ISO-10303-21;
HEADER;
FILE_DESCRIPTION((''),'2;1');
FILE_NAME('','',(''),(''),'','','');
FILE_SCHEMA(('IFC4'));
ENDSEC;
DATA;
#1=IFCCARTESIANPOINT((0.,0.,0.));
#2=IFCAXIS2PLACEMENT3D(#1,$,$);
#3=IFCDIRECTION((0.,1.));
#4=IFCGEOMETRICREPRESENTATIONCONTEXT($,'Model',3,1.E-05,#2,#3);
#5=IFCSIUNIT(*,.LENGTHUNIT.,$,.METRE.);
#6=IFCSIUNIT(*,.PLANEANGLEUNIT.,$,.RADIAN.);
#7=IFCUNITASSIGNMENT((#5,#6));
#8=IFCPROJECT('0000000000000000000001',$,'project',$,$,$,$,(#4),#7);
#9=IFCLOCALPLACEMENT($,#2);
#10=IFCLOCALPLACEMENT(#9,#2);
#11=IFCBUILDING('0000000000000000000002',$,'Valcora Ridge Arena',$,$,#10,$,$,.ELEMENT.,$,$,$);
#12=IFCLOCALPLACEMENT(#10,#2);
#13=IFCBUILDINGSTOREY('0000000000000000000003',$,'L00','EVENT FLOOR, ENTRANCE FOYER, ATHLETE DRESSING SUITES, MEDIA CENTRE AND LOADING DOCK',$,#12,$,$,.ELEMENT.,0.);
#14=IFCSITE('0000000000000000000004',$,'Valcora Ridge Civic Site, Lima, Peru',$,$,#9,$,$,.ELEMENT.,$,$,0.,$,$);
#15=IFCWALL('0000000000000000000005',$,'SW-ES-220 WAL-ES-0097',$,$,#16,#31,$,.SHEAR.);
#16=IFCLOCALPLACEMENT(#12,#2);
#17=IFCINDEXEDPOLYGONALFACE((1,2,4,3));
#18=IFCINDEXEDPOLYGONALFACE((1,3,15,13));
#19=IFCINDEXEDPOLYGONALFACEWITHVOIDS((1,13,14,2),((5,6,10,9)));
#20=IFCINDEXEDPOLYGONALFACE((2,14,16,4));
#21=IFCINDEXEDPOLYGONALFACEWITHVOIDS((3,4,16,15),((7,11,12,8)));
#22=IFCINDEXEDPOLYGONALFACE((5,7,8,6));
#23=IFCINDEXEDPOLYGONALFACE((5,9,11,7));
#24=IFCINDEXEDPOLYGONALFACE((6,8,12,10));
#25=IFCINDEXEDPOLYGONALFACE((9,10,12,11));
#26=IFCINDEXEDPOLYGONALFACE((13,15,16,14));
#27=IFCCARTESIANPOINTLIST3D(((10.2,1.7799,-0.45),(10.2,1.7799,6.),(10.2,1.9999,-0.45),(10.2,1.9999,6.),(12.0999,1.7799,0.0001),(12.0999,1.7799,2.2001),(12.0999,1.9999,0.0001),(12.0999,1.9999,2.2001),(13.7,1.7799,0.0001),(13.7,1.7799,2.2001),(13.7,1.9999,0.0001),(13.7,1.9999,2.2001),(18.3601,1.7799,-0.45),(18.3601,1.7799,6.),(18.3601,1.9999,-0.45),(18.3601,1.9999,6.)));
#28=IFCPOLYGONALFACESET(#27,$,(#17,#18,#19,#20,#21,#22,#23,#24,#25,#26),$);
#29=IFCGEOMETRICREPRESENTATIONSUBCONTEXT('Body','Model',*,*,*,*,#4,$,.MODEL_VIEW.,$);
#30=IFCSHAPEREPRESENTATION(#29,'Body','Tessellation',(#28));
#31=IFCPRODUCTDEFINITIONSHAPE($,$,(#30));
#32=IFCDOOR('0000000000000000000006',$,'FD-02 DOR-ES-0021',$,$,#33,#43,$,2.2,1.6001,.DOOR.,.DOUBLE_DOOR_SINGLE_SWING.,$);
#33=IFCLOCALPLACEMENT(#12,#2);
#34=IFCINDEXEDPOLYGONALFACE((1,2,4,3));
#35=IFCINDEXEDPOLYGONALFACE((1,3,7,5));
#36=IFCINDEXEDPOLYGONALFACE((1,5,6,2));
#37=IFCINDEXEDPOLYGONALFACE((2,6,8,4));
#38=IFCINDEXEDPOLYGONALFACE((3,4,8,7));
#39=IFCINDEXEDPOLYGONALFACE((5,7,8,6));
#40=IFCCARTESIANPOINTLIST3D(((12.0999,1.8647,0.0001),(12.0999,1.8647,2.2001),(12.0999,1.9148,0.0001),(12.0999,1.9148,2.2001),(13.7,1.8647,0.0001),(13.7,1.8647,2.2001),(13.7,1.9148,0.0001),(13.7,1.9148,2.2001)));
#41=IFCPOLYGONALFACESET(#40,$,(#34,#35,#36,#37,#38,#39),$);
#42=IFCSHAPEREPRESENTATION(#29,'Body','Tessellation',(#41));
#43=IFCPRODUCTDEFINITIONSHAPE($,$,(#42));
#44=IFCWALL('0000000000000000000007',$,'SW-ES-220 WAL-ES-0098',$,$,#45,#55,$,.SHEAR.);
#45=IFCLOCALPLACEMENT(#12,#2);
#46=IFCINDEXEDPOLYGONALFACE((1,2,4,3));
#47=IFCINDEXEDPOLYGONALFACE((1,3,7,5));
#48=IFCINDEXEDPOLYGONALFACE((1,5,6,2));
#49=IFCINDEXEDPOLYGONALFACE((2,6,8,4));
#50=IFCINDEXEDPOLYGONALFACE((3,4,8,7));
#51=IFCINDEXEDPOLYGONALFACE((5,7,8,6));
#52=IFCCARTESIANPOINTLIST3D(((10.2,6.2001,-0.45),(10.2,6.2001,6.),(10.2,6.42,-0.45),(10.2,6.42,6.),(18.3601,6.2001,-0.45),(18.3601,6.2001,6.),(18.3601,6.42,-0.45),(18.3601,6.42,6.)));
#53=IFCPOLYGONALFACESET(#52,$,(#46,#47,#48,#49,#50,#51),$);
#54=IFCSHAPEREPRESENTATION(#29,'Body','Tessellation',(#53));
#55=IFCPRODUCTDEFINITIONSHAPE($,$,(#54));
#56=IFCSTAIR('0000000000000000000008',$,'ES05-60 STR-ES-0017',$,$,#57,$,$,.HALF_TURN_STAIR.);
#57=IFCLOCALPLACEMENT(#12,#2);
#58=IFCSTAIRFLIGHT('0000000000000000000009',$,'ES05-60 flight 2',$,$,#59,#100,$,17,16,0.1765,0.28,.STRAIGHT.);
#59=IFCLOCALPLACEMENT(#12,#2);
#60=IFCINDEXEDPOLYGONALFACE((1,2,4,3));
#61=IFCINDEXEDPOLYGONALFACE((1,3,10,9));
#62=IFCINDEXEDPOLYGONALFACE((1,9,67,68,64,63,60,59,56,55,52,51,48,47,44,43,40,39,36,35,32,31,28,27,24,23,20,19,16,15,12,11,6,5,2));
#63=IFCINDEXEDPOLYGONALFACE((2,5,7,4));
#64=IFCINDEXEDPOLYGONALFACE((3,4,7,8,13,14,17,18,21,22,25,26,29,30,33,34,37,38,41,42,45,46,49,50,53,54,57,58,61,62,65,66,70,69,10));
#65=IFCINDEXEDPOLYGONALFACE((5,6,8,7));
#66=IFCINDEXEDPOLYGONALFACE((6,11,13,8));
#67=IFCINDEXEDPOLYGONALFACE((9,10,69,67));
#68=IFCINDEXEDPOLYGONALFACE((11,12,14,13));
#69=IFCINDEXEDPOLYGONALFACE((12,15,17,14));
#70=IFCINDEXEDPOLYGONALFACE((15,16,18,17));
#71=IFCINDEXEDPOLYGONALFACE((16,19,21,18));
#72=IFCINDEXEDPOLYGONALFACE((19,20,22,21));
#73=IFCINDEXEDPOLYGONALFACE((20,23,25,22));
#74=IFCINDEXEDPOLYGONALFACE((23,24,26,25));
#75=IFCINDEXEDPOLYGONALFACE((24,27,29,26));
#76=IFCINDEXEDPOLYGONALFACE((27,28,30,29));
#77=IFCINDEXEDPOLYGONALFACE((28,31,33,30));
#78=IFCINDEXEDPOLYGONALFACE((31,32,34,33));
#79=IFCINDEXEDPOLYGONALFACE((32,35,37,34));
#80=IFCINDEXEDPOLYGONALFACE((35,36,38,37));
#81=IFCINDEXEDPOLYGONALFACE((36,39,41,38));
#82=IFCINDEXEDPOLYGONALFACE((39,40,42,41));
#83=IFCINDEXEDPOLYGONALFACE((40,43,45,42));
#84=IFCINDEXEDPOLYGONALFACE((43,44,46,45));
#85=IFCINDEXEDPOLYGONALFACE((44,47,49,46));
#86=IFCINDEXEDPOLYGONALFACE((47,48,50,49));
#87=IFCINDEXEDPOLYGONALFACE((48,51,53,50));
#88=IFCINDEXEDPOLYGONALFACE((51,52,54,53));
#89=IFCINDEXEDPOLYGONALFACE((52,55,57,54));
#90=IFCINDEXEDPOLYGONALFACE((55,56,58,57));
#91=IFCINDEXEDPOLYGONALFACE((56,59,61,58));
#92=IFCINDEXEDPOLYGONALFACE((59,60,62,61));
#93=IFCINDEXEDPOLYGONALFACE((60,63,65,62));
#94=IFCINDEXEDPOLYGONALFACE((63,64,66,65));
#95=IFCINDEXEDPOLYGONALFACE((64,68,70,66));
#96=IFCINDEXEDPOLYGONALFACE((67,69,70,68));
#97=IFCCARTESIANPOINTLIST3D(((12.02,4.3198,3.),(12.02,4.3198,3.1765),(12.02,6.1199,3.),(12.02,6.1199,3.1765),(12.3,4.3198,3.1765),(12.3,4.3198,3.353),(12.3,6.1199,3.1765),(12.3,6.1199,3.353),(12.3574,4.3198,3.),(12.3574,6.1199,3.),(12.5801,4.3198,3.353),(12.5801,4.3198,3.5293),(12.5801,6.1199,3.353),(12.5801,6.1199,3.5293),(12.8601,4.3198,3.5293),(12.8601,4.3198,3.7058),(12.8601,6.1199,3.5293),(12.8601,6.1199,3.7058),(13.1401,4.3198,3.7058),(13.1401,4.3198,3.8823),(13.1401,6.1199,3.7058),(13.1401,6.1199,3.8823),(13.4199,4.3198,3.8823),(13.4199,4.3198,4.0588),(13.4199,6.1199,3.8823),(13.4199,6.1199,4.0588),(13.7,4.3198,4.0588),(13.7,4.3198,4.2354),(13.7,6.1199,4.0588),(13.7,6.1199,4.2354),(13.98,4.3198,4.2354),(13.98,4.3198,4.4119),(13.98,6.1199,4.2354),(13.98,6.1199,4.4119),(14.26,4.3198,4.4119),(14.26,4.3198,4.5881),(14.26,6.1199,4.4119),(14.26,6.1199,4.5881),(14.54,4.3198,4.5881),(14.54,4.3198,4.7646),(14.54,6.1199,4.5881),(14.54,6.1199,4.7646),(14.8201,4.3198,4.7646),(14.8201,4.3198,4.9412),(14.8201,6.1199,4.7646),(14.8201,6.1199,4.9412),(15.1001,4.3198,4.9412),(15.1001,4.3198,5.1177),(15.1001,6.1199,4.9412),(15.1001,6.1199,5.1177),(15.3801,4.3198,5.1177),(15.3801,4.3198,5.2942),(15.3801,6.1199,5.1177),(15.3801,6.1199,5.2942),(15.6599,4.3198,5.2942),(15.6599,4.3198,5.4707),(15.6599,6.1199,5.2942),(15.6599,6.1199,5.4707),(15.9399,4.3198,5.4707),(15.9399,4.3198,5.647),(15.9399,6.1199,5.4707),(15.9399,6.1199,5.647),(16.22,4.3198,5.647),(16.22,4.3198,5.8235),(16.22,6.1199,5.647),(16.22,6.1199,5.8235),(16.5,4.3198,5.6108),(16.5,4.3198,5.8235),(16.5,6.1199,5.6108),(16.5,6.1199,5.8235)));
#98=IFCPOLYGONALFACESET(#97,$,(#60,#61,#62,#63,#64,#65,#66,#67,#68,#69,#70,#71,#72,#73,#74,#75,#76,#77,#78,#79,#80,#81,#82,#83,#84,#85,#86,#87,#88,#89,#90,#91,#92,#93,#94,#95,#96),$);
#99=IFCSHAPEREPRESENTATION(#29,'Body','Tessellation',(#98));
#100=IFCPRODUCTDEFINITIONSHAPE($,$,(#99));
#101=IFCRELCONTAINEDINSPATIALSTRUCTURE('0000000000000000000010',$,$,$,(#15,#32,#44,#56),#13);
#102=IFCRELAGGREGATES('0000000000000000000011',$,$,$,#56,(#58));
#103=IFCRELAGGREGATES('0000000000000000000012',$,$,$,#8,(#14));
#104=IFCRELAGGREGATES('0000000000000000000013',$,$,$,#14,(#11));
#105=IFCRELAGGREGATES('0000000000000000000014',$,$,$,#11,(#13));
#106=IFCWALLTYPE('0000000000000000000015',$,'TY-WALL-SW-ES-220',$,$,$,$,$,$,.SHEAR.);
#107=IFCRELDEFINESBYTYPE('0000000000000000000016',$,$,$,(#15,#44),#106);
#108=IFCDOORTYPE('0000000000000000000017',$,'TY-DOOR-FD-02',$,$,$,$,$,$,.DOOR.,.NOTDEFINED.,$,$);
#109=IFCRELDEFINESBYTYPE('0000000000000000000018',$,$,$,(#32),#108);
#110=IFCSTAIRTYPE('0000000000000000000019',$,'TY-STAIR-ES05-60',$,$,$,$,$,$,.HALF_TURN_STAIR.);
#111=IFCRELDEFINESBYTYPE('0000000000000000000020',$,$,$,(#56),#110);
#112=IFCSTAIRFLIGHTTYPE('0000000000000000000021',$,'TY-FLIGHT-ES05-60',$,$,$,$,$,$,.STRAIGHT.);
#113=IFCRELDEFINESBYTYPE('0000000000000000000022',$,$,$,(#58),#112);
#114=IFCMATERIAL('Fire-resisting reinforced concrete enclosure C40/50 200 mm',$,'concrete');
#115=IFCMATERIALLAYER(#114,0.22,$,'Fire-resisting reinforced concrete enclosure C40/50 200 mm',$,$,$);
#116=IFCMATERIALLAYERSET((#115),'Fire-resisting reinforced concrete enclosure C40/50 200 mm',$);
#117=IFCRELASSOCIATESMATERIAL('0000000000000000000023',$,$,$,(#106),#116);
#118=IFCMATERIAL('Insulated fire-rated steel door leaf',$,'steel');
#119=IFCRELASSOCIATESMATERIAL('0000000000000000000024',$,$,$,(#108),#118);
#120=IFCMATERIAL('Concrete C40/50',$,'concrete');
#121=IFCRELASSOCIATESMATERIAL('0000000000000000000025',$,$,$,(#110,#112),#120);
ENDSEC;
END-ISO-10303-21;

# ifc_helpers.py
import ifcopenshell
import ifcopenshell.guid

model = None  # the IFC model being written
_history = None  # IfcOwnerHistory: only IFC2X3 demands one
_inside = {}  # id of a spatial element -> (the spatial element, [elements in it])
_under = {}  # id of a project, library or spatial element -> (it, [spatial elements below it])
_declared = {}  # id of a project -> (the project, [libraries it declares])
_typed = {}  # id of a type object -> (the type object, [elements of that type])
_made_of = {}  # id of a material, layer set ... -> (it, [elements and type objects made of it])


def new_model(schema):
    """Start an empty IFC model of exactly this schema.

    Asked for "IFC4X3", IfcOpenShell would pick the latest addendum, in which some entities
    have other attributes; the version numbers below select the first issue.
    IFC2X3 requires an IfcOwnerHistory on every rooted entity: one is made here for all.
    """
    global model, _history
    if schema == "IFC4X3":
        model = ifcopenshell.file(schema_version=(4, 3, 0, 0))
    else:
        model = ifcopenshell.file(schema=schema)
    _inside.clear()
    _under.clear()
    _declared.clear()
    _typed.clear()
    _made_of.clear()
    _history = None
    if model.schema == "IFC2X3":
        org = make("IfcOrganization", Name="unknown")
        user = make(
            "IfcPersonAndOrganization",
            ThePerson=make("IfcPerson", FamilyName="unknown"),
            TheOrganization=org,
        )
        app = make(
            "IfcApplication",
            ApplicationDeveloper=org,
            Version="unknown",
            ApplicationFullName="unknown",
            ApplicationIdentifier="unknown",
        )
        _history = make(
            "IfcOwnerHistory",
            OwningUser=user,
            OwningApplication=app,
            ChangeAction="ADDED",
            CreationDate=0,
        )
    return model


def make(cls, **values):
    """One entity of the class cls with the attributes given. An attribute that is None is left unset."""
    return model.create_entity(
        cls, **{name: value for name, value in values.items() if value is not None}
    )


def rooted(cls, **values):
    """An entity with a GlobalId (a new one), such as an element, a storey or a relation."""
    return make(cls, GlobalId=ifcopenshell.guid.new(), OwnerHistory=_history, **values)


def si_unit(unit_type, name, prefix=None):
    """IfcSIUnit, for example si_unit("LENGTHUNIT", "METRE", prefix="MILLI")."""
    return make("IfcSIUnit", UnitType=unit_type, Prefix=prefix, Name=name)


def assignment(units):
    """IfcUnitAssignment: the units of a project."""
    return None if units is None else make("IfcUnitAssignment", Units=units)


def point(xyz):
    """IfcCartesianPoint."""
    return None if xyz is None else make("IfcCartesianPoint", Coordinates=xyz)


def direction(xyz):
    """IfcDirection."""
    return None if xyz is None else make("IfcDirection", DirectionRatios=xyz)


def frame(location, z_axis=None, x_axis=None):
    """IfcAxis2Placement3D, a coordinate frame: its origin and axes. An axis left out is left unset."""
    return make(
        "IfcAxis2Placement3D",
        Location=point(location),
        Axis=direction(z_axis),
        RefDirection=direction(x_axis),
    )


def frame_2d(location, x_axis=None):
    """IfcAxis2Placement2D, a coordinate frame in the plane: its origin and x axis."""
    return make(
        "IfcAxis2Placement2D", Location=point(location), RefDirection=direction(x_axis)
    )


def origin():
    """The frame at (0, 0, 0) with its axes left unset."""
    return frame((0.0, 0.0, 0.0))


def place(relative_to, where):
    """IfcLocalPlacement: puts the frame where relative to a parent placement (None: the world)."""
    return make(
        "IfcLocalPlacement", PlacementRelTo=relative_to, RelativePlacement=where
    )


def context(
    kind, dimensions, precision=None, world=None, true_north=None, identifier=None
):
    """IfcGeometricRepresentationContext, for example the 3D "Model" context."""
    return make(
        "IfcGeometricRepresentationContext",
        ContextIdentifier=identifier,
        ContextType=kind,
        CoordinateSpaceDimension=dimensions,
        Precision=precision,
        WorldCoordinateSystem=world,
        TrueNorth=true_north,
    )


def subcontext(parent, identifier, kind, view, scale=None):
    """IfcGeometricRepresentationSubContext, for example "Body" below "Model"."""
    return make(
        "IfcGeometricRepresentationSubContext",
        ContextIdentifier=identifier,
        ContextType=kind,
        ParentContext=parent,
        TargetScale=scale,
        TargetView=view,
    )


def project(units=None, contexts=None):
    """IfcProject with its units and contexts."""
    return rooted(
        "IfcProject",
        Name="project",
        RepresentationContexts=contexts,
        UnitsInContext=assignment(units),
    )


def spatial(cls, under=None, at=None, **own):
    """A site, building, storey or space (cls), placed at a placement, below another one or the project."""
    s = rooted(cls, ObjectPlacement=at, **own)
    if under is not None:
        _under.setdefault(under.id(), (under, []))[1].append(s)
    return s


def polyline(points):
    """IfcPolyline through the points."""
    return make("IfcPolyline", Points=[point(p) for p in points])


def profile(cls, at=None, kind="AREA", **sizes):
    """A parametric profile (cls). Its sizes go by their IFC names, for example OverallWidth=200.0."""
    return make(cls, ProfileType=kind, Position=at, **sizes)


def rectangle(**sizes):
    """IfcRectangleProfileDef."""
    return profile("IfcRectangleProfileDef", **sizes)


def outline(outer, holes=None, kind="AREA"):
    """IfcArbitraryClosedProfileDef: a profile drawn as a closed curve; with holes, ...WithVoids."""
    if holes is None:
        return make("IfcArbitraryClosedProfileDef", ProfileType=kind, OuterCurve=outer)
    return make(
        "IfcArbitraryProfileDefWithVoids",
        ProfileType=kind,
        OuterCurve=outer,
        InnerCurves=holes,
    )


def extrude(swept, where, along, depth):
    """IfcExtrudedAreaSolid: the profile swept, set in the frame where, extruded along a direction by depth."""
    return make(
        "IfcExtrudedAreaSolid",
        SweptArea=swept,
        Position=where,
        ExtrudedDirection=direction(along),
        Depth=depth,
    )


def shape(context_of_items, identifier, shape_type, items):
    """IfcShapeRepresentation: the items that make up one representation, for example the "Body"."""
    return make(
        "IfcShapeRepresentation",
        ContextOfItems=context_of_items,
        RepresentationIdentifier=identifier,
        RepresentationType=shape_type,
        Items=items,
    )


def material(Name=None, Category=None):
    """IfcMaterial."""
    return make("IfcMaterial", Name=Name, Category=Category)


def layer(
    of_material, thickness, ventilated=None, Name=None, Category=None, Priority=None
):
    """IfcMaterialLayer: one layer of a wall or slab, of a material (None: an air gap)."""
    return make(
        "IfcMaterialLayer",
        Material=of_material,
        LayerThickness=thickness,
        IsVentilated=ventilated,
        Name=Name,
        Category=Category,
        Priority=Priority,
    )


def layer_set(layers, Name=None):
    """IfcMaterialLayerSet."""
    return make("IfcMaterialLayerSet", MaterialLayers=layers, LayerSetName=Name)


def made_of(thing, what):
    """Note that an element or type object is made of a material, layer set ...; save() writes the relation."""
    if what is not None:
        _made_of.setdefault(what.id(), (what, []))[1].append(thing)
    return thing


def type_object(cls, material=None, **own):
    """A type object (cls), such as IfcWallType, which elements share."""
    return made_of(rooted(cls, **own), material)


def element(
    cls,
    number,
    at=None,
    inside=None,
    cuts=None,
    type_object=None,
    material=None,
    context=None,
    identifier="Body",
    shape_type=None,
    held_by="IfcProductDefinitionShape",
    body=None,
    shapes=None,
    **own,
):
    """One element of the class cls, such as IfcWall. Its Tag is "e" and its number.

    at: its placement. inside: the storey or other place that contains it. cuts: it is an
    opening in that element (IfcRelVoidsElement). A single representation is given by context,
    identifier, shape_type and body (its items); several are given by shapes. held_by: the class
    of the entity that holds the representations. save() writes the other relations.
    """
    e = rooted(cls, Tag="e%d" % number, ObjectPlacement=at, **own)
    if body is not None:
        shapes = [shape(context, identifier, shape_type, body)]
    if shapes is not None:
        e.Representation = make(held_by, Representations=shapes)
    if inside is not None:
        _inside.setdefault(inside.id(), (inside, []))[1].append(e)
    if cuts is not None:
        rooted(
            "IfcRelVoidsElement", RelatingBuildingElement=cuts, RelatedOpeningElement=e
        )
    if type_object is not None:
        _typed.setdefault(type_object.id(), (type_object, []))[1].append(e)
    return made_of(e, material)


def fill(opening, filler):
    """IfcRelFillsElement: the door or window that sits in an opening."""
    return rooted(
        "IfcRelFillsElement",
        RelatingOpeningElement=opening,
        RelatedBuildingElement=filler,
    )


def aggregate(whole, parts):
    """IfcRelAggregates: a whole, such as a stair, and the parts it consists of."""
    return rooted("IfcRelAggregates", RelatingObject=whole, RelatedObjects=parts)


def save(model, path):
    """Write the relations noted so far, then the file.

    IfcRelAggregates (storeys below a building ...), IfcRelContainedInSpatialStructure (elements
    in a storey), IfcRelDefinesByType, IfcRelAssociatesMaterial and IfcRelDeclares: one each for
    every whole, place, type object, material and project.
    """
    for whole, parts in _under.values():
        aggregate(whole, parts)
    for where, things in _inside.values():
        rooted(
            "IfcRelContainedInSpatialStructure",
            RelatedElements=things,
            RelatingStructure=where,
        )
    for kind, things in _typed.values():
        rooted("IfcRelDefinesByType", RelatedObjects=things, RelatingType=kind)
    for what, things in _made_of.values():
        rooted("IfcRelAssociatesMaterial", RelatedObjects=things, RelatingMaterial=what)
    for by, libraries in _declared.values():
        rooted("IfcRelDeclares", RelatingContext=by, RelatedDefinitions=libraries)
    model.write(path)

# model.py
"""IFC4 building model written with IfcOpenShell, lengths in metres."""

from ifc_helpers import new_model, si_unit, direction, frame, frame_2d, origin, place, context, subcontext, project, spatial, polyline, rectangle, outline, extrude, material, layer, layer_set, type_object, element, fill, aggregate, save


model = new_model("IFC4")

# Units and contexts
model_context = context("Model", 3, precision=1e-05, world=origin(), true_north=direction((0.0, 1.0)))
body_context = subcontext(model_context, "Body", "Model", "MODEL_VIEW")
ifc_project = project(units=[si_unit("LENGTHUNIT", "METRE"), si_unit("PLANEANGLEUNIT", "RADIAN")], contexts=[model_context])

# Site, building, storey
site_placement = place(None, origin())
site = spatial("IfcSite", under=ifc_project, at=site_placement, Name="Valcora Ridge Civic Site, Lima, Peru", CompositionType="ELEMENT", RefElevation=0.0)
building_placement = place(site_placement, origin())
building = spatial("IfcBuilding", under=site, at=building_placement, Name="Valcora Ridge Arena", CompositionType="ELEMENT")
storey_placement = place(building_placement, origin())
storey = spatial("IfcBuildingStorey", under=building, at=storey_placement, Name="L00", Description="EVENT FLOOR, ENTRANCE FOYER, ATHLETE DRESSING SUITES, MEDIA CENTRE AND LOADING DOCK", CompositionType="ELEMENT", Elevation=0.0)

# Shared definitions
ifc_material_1 = material(Name="Concrete C40/50", Category="concrete")
ifc_material_2 = material(Name="Fire-resisting reinforced concrete enclosure C40/50 200 mm", Category="concrete")

# Shared definitions
ifc_material_3 = material(Name="Insulated fire-rated steel door leaf", Category="steel")

# Wall, opening, door
ifc_layer_1 = layer(ifc_material_2, 0.22, Name="Fire-resisting reinforced concrete enclosure C40/50 200 mm")
ifc_layer_set_1 = layer_set([ifc_layer_1], Name="Fire-resisting reinforced concrete enclosure C40/50 200 mm")
wall_type_1 = type_object("IfcWallType", Name="TY-WALL-SW-ES-220", PredefinedType="SHEAR", material=ifc_layer_set_1)
wall_1_placement = place(storey_placement, frame((10.2, 1.8899, -0.45), z_axis=(0.0, 0.0, 1.0), x_axis=(1.0, 0.0, 0.0)))
wall_1 = element("IfcWall", 1, at=wall_1_placement, inside=storey, type_object=wall_type_1, Name="SW-ES-220 WAL-ES-0097", PredefinedType="SHEAR", context=body_context, shape_type="SweptSolid", body=[
    extrude(rectangle(XDim=8.1602, YDim=0.22, at=frame_2d((4.0801, 0.0))), origin(), (0.0, 0.0, 1.0), 6.45),
])
opening_1_placement = place(wall_1_placement, frame((1.8999, 0.0, 0.45)))
opening_1 = element("IfcOpeningElement", 2, at=opening_1_placement, cuts=wall_1, PredefinedType="OPENING", context=body_context, shape_type="SweptSolid", body=[
    extrude(rectangle(XDim=1.6001, YDim=2.2, at=frame_2d((0.8, 1.1001))), frame((0.0, 0.1199, 0.0), z_axis=(0.0, -1.0, 0.0), x_axis=(1.0, 0.0, 0.0)), (0.0, 0.0, 1.0), 0.24),
])
door_type_1 = type_object("IfcDoorType", Name="TY-DOOR-FD-02", OperationType="NOTDEFINED", PredefinedType="DOOR", material=ifc_material_3)
door_1_placement = place(opening_1_placement, origin())
door_1 = element("IfcDoor", 3, at=door_1_placement, inside=storey, type_object=door_type_1, Name="FD-02 DOR-ES-0021", OperationType="DOUBLE_DOOR_SINGLE_SWING", OverallHeight=2.2, OverallWidth=1.6001, PredefinedType="DOOR", context=body_context, shape_type="SweptSolid", body=[
    extrude(rectangle(XDim=1.6001, YDim=2.2, at=frame_2d((0.8, 1.1001))), frame((0.0, 0.0249, 0.0), z_axis=(0.0, -1.0, 0.0), x_axis=(1.0, 0.0, 0.0)), (0.0, 0.0, 1.0), 0.05),
])
fill(opening_1, door_1)

# Wall
wall_2_placement = place(storey_placement, frame((10.2, 6.3101, -0.45), z_axis=(0.0, 0.0, 1.0), x_axis=(1.0, 0.0, 0.0)))
element("IfcWall", 4, at=wall_2_placement, inside=storey, type_object=wall_type_1, Name="SW-ES-220 WAL-ES-0098", PredefinedType="SHEAR", context=body_context, shape_type="SweptSolid", body=[
    extrude(rectangle(XDim=8.1602, YDim=0.22, at=frame_2d((4.0801, 0.0))), origin(), (0.0, 0.0, 1.0), 6.45),
])

# Stair, stair flight
stair_type = type_object("IfcStairType", Name="TY-STAIR-ES05-60", PredefinedType="HALF_TURN_STAIR", material=ifc_material_1)
stair_placement = place(storey_placement, origin())
stair = element("IfcStair", 5, at=stair_placement, inside=storey, type_object=stair_type, Name="ES05-60 STR-ES-0017", PredefinedType="HALF_TURN_STAIR")
stair_flight_type = type_object("IfcStairFlightType", Name="TY-FLIGHT-ES05-60", PredefinedType="STRAIGHT", material=ifc_material_1)
stair_flight_placement = place(storey_placement, frame((12.02, 5.22, 3.0), z_axis=(0.0, 0.0, 1.0), x_axis=(1.0, 0.0, 0.0)))
stair_flight = element("IfcStairFlight", 6, at=stair_flight_placement, type_object=stair_flight_type, Name="ES05-60 flight 2", NumberOfRisers=17, NumberOfTreads=16, PredefinedType="STRAIGHT", RiserHeight=0.1765, TreadLength=0.28, context=body_context, shape_type="SweptSolid", body=[
    extrude(outline(polyline([(0.0, 0.0), (0.0, 0.1765), (0.28, 0.1765), (0.28, 0.353), (0.5601, 0.353), (0.5601, 0.5293), (0.8401, 0.5293), (0.8401, 0.7058), (1.1201, 0.7058), (1.1201, 0.8823), (1.3999, 0.8823), (1.3999, 1.0588), (1.6799, 1.0588), (1.6799, 1.2354), (1.96, 1.2354), (1.96, 1.4119), (2.24, 1.4119), (2.24, 1.5881), (2.52, 1.5881), (2.52, 1.7646), (2.8, 1.7646), (2.8, 1.9412), (3.0801, 1.9412), (3.0801, 2.1177), (3.3601, 2.1177), (3.3601, 2.2942), (3.6399, 2.2942), (3.6399, 2.4707), (3.9199, 2.4707), (3.9199, 2.647), (4.2, 2.647), (4.2, 2.8235), (4.48, 2.8235), (4.48, 3.0), (4.48, 2.6108), (0.3374, 0.0), (0.0, 0.0)])), frame((0.0, 0.8999, 0.0), z_axis=(0.0, -1.0, 0.0), x_axis=(1.0, 0.0, 0.0)), (0.0, 0.0, 1.0), 1.8),
])
aggregate(stair, [stair_flight])

save(model, "model.ifc")
